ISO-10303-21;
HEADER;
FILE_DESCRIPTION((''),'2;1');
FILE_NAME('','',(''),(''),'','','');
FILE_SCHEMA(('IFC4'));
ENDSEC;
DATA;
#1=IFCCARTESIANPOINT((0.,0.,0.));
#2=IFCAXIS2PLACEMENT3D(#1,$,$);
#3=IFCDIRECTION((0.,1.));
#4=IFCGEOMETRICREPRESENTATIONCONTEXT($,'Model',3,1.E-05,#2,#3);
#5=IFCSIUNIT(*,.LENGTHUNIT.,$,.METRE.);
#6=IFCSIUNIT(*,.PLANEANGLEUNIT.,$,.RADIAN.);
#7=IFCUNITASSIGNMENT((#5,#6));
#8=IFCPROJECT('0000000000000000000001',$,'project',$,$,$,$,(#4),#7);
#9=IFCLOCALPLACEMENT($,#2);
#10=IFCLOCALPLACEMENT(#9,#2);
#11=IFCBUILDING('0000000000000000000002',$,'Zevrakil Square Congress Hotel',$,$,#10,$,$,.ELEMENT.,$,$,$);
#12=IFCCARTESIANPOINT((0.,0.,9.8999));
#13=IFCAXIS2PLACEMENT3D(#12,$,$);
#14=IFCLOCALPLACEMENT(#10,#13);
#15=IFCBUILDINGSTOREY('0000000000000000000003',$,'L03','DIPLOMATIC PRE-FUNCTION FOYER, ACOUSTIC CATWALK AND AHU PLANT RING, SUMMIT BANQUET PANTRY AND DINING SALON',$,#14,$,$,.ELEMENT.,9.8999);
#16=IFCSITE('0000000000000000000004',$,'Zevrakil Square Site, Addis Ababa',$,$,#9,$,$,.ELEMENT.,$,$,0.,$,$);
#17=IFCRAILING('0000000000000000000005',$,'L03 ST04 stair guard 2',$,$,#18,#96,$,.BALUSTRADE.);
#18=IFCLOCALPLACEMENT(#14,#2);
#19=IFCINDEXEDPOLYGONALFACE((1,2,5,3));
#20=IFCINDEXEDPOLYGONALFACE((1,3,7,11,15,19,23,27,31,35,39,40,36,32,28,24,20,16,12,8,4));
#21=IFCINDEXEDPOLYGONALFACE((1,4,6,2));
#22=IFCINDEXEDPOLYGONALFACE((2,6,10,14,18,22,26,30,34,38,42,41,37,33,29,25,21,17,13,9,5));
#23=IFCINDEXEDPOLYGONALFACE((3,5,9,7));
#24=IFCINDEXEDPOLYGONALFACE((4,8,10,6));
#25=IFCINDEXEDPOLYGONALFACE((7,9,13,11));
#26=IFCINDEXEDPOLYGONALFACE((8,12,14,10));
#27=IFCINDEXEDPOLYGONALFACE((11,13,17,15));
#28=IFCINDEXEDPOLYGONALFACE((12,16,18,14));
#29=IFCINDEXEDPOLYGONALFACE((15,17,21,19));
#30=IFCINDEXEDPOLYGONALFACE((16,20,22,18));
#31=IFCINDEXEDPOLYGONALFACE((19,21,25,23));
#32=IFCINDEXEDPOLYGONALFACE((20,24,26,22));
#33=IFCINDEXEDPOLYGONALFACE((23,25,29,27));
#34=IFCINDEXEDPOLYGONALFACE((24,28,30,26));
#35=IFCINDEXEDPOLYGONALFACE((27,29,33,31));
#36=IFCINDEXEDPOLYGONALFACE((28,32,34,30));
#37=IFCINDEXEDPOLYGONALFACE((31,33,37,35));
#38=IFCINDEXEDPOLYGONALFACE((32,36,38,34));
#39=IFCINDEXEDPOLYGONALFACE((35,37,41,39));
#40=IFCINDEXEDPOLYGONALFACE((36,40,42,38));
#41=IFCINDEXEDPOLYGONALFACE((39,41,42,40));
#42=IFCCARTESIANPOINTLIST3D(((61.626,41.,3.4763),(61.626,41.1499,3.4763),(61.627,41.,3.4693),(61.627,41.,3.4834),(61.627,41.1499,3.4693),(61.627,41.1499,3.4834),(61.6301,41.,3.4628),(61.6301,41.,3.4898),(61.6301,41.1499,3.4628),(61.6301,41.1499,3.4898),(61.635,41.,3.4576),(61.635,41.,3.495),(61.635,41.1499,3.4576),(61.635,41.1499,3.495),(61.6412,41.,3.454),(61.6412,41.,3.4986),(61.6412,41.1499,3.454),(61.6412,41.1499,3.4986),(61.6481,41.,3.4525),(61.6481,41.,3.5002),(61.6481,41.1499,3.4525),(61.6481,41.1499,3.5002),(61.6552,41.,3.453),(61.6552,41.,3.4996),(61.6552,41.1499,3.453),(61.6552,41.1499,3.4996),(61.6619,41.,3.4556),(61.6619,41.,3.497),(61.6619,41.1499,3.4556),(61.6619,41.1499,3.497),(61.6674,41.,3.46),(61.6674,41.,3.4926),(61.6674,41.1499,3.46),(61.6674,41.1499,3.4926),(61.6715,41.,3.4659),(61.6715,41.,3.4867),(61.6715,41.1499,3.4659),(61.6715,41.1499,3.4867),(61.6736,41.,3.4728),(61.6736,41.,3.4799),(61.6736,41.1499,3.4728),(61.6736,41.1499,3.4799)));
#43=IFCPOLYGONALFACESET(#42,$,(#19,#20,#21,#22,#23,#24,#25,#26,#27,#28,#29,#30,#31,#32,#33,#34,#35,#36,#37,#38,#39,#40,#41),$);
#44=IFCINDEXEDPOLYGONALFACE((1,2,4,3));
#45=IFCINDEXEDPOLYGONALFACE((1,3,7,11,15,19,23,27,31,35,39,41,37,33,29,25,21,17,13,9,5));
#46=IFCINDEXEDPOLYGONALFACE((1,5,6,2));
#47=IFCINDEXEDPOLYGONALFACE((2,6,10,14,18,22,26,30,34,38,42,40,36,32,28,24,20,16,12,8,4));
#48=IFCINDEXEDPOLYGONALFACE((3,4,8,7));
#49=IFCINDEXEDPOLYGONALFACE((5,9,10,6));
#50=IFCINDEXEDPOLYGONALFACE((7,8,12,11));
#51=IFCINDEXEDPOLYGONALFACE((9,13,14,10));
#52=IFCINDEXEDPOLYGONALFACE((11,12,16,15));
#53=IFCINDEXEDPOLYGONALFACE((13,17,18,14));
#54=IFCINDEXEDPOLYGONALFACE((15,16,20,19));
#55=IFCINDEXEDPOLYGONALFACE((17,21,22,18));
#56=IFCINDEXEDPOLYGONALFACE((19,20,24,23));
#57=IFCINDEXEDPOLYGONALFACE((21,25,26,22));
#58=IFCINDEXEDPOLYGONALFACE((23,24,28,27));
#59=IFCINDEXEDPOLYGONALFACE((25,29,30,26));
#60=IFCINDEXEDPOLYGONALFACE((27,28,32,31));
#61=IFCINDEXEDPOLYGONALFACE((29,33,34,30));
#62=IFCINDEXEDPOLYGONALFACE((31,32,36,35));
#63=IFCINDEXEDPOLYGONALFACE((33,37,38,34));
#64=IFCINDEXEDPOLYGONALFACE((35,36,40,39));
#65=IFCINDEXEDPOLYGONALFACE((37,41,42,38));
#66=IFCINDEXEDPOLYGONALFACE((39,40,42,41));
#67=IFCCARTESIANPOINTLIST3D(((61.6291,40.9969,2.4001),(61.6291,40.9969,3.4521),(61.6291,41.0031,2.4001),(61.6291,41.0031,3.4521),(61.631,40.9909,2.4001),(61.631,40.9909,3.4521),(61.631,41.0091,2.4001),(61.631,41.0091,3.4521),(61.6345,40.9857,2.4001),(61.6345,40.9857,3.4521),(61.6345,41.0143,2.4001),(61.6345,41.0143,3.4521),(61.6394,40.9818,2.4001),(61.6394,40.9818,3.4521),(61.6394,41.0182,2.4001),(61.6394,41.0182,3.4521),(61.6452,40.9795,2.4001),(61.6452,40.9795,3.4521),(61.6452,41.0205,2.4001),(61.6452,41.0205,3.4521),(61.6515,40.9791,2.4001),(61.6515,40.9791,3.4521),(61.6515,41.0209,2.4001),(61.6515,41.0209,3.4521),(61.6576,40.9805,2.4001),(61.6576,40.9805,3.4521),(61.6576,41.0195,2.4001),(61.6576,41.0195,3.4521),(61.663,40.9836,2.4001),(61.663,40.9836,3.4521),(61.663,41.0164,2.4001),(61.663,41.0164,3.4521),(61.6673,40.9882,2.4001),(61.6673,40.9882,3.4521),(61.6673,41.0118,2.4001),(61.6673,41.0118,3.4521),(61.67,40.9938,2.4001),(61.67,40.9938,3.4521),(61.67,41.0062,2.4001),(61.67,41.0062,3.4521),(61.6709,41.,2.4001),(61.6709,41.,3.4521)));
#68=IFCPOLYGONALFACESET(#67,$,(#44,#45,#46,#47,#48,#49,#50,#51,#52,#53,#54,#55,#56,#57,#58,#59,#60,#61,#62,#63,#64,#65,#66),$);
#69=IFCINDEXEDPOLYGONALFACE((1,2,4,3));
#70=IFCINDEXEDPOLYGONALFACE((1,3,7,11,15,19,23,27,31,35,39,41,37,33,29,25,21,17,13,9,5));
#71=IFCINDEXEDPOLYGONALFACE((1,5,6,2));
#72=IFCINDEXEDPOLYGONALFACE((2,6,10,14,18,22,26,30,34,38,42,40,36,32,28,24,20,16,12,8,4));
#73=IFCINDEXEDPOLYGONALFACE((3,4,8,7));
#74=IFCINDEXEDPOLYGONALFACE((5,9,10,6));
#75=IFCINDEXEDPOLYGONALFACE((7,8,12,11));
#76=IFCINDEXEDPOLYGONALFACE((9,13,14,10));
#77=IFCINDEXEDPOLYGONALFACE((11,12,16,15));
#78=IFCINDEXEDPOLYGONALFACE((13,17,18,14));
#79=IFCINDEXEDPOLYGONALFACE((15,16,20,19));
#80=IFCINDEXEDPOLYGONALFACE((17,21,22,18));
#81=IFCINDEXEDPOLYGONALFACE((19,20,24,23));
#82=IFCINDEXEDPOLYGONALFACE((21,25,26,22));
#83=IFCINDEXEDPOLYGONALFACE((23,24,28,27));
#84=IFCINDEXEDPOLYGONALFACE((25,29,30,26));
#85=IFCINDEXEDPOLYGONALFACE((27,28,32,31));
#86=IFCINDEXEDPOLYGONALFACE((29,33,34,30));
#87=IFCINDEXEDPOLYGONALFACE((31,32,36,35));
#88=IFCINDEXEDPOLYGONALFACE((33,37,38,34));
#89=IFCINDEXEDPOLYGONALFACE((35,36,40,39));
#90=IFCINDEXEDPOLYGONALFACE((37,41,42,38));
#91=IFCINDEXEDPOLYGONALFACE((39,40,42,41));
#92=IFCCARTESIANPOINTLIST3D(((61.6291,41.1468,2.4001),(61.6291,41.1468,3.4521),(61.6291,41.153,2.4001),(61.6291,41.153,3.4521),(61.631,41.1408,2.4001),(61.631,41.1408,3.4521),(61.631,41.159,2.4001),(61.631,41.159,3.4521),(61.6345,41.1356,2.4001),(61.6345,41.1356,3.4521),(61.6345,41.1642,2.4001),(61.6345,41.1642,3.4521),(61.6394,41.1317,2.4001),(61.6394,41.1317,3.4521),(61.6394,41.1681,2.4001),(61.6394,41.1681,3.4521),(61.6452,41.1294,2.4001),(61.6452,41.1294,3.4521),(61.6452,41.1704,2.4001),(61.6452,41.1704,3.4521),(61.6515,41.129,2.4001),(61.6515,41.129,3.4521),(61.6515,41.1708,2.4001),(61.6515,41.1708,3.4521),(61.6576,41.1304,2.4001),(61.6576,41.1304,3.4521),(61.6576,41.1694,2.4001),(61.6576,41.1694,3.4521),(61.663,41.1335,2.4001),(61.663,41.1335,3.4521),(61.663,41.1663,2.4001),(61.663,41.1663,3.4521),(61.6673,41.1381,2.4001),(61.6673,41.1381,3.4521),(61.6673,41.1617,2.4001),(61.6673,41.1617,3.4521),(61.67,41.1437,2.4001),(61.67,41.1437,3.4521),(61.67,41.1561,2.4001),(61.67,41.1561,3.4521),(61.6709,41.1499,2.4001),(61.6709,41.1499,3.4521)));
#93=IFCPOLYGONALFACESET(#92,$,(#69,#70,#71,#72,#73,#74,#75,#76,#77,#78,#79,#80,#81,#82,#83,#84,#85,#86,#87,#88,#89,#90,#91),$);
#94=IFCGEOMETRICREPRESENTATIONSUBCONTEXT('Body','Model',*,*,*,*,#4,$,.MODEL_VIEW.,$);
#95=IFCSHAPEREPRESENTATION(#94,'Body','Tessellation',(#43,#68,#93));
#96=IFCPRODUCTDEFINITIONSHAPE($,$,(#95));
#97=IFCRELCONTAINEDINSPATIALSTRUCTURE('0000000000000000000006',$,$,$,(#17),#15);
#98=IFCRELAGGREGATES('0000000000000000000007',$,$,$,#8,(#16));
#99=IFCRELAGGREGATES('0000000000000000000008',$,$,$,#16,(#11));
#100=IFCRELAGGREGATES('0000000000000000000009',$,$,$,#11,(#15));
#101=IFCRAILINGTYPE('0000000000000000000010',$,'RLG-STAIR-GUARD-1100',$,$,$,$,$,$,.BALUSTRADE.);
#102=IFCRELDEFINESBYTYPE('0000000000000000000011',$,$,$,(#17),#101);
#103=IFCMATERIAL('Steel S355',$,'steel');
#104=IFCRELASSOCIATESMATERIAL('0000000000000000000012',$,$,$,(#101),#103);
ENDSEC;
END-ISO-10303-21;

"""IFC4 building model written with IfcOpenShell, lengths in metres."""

from ifc_helpers import new_model, si_unit, direction, frame, origin, origin_2d, place, context, subcontext, project, spatial, circle, extrude, material, type_object, element, save


model = new_model("IFC4")

# Units and contexts
model_context = context("Model", 3, precision=1e-05, world=origin(), true_north=direction((0.0, 1.0)))
body_context = subcontext(model_context, "Body", "Model", "MODEL_VIEW")
ifc_project = project(units=[si_unit("LENGTHUNIT", "METRE"), si_unit("PLANEANGLEUNIT", "RADIAN")], contexts=[model_context])

# Site, building, storey
site_placement = place(None, origin())
site = spatial("IfcSite", under=ifc_project, at=site_placement, Name="Zevrakil Square Site, Addis Ababa", CompositionType="ELEMENT", RefElevation=0.0)
building_placement = place(site_placement, origin())
building = spatial("IfcBuilding", under=site, at=building_placement, Name="Zevrakil Square Congress Hotel", CompositionType="ELEMENT")
storey_placement = place(building_placement, frame((0.0, 0.0, 9.8999)))
storey = spatial("IfcBuildingStorey", under=building, at=storey_placement, Name="L03", Description="DIPLOMATIC PRE-FUNCTION FOYER, ACOUSTIC CATWALK AND AHU PLANT RING, SUMMIT BANQUET PANTRY AND DINING SALON", CompositionType="ELEMENT", Elevation=9.8999)

# Railing
ifc_material_1 = material(Name="Steel S355", Category="steel")
railing_type_1 = type_object("IfcRailingType", Name="RLG-STAIR-GUARD-1100", PredefinedType="BALUSTRADE", material=ifc_material_1)
railing_1_placement = place(storey_placement, frame((61.6499, 41.0, 2.4001)))
element("IfcRailing", 1, at=railing_1_placement, inside=storey, type_object=railing_type_1, Name="L03 ST04 stair guard 2", PredefinedType="BALUSTRADE", context=body_context, shape_type="SweptSolid", body=[
    extrude(circle(Radius=0.0239, at=origin_2d()), frame((0.0, 0.0, 1.0762), z_axis=(0.0, 1.0, 0.0), x_axis=(-1.0, 0.0, 0.0)), (0.0, 0.0, 1.0), 0.1499),
    extrude(circle(Radius=0.021, at=origin_2d()), origin(), (0.0, 0.0, 1.0), 1.052),
    extrude(circle(Radius=0.021, at=origin_2d()), frame((0.0, 0.1499, 0.0)), (0.0, 0.0, 1.0), 1.052),
])

save(model, "model.ifc")
